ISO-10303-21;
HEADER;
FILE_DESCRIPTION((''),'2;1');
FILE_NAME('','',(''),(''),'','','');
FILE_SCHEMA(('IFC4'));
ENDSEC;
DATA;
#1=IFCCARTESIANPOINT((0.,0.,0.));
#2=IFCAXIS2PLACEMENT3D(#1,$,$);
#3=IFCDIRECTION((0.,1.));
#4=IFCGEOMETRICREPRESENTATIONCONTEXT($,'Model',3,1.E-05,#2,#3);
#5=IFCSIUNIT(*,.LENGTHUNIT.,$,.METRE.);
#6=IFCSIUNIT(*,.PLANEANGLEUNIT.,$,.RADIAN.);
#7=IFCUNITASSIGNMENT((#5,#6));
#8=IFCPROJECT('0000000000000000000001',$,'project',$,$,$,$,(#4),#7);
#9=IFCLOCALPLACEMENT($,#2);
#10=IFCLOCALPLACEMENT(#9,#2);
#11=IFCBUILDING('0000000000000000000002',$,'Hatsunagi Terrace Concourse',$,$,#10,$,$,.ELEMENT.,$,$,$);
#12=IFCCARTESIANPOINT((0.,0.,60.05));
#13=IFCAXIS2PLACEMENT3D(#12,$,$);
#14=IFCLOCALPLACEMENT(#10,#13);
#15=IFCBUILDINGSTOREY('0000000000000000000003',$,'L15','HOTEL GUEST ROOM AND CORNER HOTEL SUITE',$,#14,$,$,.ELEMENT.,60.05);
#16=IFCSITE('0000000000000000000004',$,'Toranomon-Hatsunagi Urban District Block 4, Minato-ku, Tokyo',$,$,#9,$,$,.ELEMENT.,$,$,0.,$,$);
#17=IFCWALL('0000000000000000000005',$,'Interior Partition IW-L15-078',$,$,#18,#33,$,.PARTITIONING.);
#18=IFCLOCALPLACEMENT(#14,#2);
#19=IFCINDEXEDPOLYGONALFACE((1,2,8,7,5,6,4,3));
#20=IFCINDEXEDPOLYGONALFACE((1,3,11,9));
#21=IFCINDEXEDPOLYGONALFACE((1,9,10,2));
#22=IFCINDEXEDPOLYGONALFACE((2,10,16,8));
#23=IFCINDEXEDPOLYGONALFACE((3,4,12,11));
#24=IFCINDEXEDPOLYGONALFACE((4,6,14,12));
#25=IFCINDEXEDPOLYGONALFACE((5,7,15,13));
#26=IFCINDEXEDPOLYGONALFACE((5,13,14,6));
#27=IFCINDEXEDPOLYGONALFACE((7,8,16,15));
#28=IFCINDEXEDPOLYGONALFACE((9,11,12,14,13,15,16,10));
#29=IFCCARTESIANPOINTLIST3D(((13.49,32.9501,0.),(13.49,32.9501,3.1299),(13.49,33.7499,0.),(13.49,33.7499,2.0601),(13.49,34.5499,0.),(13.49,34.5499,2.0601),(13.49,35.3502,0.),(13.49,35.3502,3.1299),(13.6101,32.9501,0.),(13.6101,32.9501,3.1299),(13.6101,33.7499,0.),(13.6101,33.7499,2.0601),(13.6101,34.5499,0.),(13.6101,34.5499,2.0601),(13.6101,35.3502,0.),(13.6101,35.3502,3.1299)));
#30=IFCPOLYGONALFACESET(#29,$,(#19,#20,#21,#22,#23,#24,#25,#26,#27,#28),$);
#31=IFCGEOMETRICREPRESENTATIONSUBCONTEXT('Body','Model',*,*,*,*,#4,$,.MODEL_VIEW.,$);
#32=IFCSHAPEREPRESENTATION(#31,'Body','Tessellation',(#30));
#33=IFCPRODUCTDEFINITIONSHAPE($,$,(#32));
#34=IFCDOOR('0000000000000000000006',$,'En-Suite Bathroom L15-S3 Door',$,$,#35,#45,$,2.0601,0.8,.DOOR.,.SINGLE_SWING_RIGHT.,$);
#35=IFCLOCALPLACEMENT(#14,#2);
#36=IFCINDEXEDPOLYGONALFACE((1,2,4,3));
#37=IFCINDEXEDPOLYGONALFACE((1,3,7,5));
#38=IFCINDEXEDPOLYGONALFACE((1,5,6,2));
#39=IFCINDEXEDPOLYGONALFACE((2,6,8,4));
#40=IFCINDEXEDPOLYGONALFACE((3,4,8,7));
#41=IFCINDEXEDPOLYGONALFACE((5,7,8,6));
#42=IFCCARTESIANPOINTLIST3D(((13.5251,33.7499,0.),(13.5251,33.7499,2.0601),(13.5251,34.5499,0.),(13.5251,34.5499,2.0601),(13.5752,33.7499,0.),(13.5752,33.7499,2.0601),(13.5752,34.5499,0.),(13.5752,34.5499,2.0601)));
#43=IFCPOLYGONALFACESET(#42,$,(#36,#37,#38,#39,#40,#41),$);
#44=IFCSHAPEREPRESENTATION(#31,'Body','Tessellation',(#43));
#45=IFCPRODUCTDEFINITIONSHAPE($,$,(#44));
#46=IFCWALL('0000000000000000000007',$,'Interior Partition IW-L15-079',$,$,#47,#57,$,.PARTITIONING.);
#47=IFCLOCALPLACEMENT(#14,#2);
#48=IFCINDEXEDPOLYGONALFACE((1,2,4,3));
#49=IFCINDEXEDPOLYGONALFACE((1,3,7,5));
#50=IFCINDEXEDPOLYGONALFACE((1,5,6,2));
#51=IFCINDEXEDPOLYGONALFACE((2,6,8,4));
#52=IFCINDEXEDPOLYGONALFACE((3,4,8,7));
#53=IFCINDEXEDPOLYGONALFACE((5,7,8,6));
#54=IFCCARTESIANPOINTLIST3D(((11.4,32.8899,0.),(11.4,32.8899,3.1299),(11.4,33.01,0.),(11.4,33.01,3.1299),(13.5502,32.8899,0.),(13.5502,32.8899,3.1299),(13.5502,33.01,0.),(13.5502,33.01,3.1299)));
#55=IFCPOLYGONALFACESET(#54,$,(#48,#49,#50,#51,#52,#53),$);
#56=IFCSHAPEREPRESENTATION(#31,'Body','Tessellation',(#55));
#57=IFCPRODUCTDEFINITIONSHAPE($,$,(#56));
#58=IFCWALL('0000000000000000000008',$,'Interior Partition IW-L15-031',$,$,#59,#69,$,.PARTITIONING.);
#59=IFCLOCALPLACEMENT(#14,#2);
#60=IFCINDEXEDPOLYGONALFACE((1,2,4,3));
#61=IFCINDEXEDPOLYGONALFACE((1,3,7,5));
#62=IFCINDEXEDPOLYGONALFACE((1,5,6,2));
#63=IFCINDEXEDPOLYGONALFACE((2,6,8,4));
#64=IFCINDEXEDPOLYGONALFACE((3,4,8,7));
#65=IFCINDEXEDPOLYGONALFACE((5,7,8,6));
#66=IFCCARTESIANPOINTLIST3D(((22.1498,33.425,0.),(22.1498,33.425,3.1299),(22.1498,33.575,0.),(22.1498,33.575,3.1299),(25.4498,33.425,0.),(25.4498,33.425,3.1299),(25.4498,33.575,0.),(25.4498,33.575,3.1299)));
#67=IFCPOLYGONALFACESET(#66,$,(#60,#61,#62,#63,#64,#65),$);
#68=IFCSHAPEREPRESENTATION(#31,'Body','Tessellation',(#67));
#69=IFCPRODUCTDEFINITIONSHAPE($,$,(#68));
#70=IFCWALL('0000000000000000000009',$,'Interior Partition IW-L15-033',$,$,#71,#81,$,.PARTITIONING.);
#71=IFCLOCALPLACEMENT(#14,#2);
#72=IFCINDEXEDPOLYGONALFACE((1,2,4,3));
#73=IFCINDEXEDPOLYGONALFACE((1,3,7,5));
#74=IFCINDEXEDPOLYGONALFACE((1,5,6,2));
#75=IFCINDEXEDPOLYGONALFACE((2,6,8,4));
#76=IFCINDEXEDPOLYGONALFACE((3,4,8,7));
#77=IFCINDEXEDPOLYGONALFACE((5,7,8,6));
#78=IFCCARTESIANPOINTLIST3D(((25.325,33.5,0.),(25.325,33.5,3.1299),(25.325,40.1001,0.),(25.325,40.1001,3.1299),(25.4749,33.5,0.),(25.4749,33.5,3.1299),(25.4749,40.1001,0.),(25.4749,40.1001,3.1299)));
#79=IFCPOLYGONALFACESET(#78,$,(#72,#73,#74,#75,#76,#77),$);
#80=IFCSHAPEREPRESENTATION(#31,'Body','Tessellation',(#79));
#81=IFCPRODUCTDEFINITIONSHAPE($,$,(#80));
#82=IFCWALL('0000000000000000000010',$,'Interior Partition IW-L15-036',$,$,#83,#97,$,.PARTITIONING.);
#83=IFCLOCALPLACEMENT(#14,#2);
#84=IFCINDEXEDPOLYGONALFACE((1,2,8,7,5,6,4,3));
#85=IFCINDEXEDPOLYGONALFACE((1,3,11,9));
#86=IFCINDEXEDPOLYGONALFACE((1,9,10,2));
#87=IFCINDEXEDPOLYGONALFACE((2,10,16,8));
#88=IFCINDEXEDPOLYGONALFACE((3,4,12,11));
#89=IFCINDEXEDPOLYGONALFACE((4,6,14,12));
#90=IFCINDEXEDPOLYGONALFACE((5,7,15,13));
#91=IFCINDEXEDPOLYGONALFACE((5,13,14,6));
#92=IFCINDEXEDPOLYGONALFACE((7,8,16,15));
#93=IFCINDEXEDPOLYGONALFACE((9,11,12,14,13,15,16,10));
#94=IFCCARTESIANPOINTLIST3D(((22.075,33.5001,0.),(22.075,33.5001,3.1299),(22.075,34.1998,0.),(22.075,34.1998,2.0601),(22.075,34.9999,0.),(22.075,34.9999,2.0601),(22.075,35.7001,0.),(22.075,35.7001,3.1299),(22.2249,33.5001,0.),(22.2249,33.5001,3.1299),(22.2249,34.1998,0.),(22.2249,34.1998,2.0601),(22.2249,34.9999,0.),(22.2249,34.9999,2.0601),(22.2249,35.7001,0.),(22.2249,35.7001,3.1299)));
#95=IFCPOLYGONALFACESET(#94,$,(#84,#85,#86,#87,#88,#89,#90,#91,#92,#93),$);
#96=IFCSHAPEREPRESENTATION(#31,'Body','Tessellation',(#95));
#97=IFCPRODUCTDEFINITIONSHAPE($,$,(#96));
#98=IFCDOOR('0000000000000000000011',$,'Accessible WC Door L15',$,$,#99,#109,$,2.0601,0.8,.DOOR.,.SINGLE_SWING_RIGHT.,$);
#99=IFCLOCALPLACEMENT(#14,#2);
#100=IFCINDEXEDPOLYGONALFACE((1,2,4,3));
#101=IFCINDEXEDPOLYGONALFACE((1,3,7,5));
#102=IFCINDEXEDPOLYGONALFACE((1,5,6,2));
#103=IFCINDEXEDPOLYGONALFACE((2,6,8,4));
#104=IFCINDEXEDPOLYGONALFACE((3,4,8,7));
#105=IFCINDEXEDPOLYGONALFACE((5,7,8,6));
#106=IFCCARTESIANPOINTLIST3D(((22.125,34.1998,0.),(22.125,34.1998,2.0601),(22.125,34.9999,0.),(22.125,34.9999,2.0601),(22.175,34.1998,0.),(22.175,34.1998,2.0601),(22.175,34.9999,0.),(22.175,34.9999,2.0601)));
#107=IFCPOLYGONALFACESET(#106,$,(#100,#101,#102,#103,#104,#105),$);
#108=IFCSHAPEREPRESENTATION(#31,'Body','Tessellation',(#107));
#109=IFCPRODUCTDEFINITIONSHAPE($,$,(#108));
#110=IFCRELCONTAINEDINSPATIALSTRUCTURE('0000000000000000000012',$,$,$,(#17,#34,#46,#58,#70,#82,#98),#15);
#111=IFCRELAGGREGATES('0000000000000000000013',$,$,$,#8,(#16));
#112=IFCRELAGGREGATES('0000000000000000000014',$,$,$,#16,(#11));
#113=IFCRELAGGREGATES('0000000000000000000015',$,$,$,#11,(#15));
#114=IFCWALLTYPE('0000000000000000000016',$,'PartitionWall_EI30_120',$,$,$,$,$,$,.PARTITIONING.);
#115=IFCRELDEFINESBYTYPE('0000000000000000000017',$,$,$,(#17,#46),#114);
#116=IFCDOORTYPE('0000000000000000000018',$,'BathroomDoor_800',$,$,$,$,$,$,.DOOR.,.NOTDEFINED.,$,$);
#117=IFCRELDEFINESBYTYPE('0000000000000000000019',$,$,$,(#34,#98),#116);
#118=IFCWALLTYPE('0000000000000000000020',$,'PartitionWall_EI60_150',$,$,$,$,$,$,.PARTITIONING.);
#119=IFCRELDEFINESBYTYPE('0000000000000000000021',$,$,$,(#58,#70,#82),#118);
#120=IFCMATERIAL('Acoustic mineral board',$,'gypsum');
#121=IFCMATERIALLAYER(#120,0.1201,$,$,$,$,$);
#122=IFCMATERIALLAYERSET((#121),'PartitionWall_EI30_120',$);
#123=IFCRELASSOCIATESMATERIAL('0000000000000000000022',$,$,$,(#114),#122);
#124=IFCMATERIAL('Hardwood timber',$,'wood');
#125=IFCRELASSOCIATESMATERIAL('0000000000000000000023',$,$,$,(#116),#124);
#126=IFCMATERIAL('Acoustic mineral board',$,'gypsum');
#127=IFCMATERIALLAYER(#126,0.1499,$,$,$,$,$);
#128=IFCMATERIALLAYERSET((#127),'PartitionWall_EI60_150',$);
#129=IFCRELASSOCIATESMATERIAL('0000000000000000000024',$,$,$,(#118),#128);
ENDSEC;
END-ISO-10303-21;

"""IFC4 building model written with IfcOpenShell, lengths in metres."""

from ifc_helpers import new_model, si_unit, direction, frame, frame_2d, origin, place, context, subcontext, project, spatial, rectangle, extrude, material, layer, layer_set, type_object, element, fill, save


model = new_model("IFC4")

# Units and contexts
model_context = context("Model", 3, precision=1e-05, world=origin(), true_north=direction((0.0, 1.0)))
body_context = subcontext(model_context, "Body", "Model", "MODEL_VIEW")
ifc_project = project(units=[si_unit("LENGTHUNIT", "METRE"), si_unit("PLANEANGLEUNIT", "RADIAN")], contexts=[model_context])

# Site, building, storey
site_placement = place(None, origin())
site = spatial("IfcSite", under=ifc_project, at=site_placement, Name="Toranomon-Hatsunagi Urban District Block 4, Minato-ku, Tokyo", CompositionType="ELEMENT", RefElevation=0.0)
building_placement = place(site_placement, origin())
building = spatial("IfcBuilding", under=site, at=building_placement, Name="Hatsunagi Terrace Concourse", CompositionType="ELEMENT")
storey_placement = place(building_placement, frame((0.0, 0.0, 60.05)))
storey = spatial("IfcBuildingStorey", under=building, at=storey_placement, Name="L15", Description="HOTEL GUEST ROOM AND CORNER HOTEL SUITE", CompositionType="ELEMENT", Elevation=60.05)

# Wall, opening, door
ifc_material_1 = material(Name="Acoustic mineral board", Category="gypsum")
ifc_layer_1 = layer(ifc_material_1, 0.1201)
ifc_layer_set_1 = layer_set([ifc_layer_1], Name="PartitionWall_EI30_120")
wall_type_1 = type_object("IfcWallType", Name="PartitionWall_EI30_120", PredefinedType="PARTITIONING", material=ifc_layer_set_1)
wall_1_placement = place(storey_placement, frame((13.55, 32.95, 0.0), z_axis=(0.0, 0.0, 1.0), x_axis=(0.0, 1.0, 0.0)))
wall_1 = element("IfcWall", 1, at=wall_1_placement, inside=storey, type_object=wall_type_1, Name="Interior Partition IW-L15-078", PredefinedType="PARTITIONING", context=body_context, shape_type="SweptSolid", body=[
    extrude(rectangle(XDim=2.4001, YDim=0.1201, at=frame_2d((1.2002, 0.0))), origin(), (0.0, 0.0, 1.0), 3.1299),
])
opening_1_placement = place(wall_1_placement, frame((0.8, 0.0, 0.0)))
opening_1 = element("IfcOpeningElement", 2, at=opening_1_placement, cuts=wall_1, PredefinedType="OPENING", context=body_context, shape_type="SweptSolid", body=[
    extrude(rectangle(XDim=0.8, YDim=2.0601, at=frame_2d((0.3999, 1.03))), frame((0.0, 0.0701, 0.0), z_axis=(0.0, -1.0, 0.0), x_axis=(1.0, 0.0, 0.0)), (0.0, 0.0, 1.0), 0.1401),
])
ifc_material_2 = material(Name="Hardwood timber", Category="wood")
door_type_1 = type_object("IfcDoorType", Name="BathroomDoor_800", OperationType="NOTDEFINED", PredefinedType="DOOR", material=ifc_material_2)
door_1_placement = place(opening_1_placement, origin())
door_1 = element("IfcDoor", 3, at=door_1_placement, inside=storey, type_object=door_type_1, Name="En-Suite Bathroom L15-S3 Door", OperationType="SINGLE_SWING_RIGHT", OverallHeight=2.0601, OverallWidth=0.8, PredefinedType="DOOR", context=body_context, shape_type="SweptSolid", body=[
    extrude(rectangle(XDim=0.8, YDim=2.0601, at=frame_2d((0.3999, 1.03))), frame((0.0, 0.0249, 0.0), z_axis=(0.0, -1.0, 0.0), x_axis=(1.0, 0.0, 0.0)), (0.0, 0.0, 1.0), 0.05),
])
fill(opening_1, door_1)

# Walls
wall_2_placement = place(storey_placement, frame((11.3999, 32.95, 0.0), z_axis=(0.0, 0.0, 1.0), x_axis=(1.0, 0.0, 0.0)))
element("IfcWall", 4, at=wall_2_placement, inside=storey, type_object=wall_type_1, Name="Interior Partition IW-L15-079", PredefinedType="PARTITIONING", context=body_context, shape_type="SweptSolid", body=[
    extrude(rectangle(XDim=2.1501, YDim=0.1201, at=frame_2d((1.0752, 0.0))), origin(), (0.0, 0.0, 1.0), 3.1299),
])
ifc_material_3 = material(Name="Acoustic mineral board", Category="gypsum")
ifc_layer_2 = layer(ifc_material_3, 0.1499)
ifc_layer_set_2 = layer_set([ifc_layer_2], Name="PartitionWall_EI60_150")
wall_type_2 = type_object("IfcWallType", Name="PartitionWall_EI60_150", PredefinedType="PARTITIONING", material=ifc_layer_set_2)
wall_3_placement = place(storey_placement, frame((22.1499, 33.5, 0.0), z_axis=(0.0, 0.0, 1.0), x_axis=(1.0, 0.0, 0.0)))
element("IfcWall", 5, at=wall_3_placement, inside=storey, type_object=wall_type_2, Name="Interior Partition IW-L15-031", PredefinedType="PARTITIONING", context=body_context, shape_type="SweptSolid", body=[
    extrude(rectangle(XDim=3.3, YDim=0.1499, at=frame_2d((1.6499, 0.0))), origin(), (0.0, 0.0, 1.0), 3.1299),
])
wall_4_placement = place(storey_placement, frame((25.3999, 33.5, 0.0), z_axis=(0.0, 0.0, 1.0), x_axis=(0.0, 1.0, 0.0)))
element("IfcWall", 6, at=wall_4_placement, inside=storey, type_object=wall_type_2, Name="Interior Partition IW-L15-033", PredefinedType="PARTITIONING", context=body_context, shape_type="SweptSolid", body=[
    extrude(rectangle(XDim=6.6001, YDim=0.1499, at=frame_2d((3.3, 0.0))), origin(), (0.0, 0.0, 1.0), 3.1299),
])

# Wall, opening, door
wall_5_placement = place(storey_placement, frame((22.1499, 33.5, 0.0), z_axis=(0.0, 0.0, 1.0), x_axis=(0.0, 1.0, 0.0)))
wall_5 = element("IfcWall", 7, at=wall_5_placement, inside=storey, type_object=wall_type_2, Name="Interior Partition IW-L15-036", PredefinedType="PARTITIONING", context=body_context, shape_type="SweptSolid", body=[
    extrude(rectangle(XDim=2.2, YDim=0.1499, at=frame_2d((1.1001, 0.0))), origin(), (0.0, 0.0, 1.0), 3.1299),
])
opening_2_placement = place(wall_5_placement, frame((0.7, 0.0, 0.0)))
opening_2 = element("IfcOpeningElement", 8, at=opening_2_placement, cuts=wall_5, PredefinedType="OPENING", context=body_context, shape_type="SweptSolid", body=[
    extrude(rectangle(XDim=0.8, YDim=2.0601, at=frame_2d((0.3999, 1.03))), frame((0.0, 0.085, 0.0), z_axis=(0.0, -1.0, 0.0), x_axis=(1.0, 0.0, 0.0)), (0.0, 0.0, 1.0), 0.1699),
])
door_2_placement = place(opening_2_placement, origin())
door_2 = element("IfcDoor", 9, at=door_2_placement, inside=storey, type_object=door_type_1, Name="Accessible WC Door L15", OperationType="SINGLE_SWING_RIGHT", OverallHeight=2.0601, OverallWidth=0.8, PredefinedType="DOOR", context=body_context, shape_type="SweptSolid", body=[
    extrude(rectangle(XDim=0.8, YDim=2.0601, at=frame_2d((0.3999, 1.03))), frame((0.0, 0.0249, 0.0), z_axis=(0.0, -1.0, 0.0), x_axis=(1.0, 0.0, 0.0)), (0.0, 0.0, 1.0), 0.05),
])
fill(opening_2, door_2)

save(model, "model.ifc")
